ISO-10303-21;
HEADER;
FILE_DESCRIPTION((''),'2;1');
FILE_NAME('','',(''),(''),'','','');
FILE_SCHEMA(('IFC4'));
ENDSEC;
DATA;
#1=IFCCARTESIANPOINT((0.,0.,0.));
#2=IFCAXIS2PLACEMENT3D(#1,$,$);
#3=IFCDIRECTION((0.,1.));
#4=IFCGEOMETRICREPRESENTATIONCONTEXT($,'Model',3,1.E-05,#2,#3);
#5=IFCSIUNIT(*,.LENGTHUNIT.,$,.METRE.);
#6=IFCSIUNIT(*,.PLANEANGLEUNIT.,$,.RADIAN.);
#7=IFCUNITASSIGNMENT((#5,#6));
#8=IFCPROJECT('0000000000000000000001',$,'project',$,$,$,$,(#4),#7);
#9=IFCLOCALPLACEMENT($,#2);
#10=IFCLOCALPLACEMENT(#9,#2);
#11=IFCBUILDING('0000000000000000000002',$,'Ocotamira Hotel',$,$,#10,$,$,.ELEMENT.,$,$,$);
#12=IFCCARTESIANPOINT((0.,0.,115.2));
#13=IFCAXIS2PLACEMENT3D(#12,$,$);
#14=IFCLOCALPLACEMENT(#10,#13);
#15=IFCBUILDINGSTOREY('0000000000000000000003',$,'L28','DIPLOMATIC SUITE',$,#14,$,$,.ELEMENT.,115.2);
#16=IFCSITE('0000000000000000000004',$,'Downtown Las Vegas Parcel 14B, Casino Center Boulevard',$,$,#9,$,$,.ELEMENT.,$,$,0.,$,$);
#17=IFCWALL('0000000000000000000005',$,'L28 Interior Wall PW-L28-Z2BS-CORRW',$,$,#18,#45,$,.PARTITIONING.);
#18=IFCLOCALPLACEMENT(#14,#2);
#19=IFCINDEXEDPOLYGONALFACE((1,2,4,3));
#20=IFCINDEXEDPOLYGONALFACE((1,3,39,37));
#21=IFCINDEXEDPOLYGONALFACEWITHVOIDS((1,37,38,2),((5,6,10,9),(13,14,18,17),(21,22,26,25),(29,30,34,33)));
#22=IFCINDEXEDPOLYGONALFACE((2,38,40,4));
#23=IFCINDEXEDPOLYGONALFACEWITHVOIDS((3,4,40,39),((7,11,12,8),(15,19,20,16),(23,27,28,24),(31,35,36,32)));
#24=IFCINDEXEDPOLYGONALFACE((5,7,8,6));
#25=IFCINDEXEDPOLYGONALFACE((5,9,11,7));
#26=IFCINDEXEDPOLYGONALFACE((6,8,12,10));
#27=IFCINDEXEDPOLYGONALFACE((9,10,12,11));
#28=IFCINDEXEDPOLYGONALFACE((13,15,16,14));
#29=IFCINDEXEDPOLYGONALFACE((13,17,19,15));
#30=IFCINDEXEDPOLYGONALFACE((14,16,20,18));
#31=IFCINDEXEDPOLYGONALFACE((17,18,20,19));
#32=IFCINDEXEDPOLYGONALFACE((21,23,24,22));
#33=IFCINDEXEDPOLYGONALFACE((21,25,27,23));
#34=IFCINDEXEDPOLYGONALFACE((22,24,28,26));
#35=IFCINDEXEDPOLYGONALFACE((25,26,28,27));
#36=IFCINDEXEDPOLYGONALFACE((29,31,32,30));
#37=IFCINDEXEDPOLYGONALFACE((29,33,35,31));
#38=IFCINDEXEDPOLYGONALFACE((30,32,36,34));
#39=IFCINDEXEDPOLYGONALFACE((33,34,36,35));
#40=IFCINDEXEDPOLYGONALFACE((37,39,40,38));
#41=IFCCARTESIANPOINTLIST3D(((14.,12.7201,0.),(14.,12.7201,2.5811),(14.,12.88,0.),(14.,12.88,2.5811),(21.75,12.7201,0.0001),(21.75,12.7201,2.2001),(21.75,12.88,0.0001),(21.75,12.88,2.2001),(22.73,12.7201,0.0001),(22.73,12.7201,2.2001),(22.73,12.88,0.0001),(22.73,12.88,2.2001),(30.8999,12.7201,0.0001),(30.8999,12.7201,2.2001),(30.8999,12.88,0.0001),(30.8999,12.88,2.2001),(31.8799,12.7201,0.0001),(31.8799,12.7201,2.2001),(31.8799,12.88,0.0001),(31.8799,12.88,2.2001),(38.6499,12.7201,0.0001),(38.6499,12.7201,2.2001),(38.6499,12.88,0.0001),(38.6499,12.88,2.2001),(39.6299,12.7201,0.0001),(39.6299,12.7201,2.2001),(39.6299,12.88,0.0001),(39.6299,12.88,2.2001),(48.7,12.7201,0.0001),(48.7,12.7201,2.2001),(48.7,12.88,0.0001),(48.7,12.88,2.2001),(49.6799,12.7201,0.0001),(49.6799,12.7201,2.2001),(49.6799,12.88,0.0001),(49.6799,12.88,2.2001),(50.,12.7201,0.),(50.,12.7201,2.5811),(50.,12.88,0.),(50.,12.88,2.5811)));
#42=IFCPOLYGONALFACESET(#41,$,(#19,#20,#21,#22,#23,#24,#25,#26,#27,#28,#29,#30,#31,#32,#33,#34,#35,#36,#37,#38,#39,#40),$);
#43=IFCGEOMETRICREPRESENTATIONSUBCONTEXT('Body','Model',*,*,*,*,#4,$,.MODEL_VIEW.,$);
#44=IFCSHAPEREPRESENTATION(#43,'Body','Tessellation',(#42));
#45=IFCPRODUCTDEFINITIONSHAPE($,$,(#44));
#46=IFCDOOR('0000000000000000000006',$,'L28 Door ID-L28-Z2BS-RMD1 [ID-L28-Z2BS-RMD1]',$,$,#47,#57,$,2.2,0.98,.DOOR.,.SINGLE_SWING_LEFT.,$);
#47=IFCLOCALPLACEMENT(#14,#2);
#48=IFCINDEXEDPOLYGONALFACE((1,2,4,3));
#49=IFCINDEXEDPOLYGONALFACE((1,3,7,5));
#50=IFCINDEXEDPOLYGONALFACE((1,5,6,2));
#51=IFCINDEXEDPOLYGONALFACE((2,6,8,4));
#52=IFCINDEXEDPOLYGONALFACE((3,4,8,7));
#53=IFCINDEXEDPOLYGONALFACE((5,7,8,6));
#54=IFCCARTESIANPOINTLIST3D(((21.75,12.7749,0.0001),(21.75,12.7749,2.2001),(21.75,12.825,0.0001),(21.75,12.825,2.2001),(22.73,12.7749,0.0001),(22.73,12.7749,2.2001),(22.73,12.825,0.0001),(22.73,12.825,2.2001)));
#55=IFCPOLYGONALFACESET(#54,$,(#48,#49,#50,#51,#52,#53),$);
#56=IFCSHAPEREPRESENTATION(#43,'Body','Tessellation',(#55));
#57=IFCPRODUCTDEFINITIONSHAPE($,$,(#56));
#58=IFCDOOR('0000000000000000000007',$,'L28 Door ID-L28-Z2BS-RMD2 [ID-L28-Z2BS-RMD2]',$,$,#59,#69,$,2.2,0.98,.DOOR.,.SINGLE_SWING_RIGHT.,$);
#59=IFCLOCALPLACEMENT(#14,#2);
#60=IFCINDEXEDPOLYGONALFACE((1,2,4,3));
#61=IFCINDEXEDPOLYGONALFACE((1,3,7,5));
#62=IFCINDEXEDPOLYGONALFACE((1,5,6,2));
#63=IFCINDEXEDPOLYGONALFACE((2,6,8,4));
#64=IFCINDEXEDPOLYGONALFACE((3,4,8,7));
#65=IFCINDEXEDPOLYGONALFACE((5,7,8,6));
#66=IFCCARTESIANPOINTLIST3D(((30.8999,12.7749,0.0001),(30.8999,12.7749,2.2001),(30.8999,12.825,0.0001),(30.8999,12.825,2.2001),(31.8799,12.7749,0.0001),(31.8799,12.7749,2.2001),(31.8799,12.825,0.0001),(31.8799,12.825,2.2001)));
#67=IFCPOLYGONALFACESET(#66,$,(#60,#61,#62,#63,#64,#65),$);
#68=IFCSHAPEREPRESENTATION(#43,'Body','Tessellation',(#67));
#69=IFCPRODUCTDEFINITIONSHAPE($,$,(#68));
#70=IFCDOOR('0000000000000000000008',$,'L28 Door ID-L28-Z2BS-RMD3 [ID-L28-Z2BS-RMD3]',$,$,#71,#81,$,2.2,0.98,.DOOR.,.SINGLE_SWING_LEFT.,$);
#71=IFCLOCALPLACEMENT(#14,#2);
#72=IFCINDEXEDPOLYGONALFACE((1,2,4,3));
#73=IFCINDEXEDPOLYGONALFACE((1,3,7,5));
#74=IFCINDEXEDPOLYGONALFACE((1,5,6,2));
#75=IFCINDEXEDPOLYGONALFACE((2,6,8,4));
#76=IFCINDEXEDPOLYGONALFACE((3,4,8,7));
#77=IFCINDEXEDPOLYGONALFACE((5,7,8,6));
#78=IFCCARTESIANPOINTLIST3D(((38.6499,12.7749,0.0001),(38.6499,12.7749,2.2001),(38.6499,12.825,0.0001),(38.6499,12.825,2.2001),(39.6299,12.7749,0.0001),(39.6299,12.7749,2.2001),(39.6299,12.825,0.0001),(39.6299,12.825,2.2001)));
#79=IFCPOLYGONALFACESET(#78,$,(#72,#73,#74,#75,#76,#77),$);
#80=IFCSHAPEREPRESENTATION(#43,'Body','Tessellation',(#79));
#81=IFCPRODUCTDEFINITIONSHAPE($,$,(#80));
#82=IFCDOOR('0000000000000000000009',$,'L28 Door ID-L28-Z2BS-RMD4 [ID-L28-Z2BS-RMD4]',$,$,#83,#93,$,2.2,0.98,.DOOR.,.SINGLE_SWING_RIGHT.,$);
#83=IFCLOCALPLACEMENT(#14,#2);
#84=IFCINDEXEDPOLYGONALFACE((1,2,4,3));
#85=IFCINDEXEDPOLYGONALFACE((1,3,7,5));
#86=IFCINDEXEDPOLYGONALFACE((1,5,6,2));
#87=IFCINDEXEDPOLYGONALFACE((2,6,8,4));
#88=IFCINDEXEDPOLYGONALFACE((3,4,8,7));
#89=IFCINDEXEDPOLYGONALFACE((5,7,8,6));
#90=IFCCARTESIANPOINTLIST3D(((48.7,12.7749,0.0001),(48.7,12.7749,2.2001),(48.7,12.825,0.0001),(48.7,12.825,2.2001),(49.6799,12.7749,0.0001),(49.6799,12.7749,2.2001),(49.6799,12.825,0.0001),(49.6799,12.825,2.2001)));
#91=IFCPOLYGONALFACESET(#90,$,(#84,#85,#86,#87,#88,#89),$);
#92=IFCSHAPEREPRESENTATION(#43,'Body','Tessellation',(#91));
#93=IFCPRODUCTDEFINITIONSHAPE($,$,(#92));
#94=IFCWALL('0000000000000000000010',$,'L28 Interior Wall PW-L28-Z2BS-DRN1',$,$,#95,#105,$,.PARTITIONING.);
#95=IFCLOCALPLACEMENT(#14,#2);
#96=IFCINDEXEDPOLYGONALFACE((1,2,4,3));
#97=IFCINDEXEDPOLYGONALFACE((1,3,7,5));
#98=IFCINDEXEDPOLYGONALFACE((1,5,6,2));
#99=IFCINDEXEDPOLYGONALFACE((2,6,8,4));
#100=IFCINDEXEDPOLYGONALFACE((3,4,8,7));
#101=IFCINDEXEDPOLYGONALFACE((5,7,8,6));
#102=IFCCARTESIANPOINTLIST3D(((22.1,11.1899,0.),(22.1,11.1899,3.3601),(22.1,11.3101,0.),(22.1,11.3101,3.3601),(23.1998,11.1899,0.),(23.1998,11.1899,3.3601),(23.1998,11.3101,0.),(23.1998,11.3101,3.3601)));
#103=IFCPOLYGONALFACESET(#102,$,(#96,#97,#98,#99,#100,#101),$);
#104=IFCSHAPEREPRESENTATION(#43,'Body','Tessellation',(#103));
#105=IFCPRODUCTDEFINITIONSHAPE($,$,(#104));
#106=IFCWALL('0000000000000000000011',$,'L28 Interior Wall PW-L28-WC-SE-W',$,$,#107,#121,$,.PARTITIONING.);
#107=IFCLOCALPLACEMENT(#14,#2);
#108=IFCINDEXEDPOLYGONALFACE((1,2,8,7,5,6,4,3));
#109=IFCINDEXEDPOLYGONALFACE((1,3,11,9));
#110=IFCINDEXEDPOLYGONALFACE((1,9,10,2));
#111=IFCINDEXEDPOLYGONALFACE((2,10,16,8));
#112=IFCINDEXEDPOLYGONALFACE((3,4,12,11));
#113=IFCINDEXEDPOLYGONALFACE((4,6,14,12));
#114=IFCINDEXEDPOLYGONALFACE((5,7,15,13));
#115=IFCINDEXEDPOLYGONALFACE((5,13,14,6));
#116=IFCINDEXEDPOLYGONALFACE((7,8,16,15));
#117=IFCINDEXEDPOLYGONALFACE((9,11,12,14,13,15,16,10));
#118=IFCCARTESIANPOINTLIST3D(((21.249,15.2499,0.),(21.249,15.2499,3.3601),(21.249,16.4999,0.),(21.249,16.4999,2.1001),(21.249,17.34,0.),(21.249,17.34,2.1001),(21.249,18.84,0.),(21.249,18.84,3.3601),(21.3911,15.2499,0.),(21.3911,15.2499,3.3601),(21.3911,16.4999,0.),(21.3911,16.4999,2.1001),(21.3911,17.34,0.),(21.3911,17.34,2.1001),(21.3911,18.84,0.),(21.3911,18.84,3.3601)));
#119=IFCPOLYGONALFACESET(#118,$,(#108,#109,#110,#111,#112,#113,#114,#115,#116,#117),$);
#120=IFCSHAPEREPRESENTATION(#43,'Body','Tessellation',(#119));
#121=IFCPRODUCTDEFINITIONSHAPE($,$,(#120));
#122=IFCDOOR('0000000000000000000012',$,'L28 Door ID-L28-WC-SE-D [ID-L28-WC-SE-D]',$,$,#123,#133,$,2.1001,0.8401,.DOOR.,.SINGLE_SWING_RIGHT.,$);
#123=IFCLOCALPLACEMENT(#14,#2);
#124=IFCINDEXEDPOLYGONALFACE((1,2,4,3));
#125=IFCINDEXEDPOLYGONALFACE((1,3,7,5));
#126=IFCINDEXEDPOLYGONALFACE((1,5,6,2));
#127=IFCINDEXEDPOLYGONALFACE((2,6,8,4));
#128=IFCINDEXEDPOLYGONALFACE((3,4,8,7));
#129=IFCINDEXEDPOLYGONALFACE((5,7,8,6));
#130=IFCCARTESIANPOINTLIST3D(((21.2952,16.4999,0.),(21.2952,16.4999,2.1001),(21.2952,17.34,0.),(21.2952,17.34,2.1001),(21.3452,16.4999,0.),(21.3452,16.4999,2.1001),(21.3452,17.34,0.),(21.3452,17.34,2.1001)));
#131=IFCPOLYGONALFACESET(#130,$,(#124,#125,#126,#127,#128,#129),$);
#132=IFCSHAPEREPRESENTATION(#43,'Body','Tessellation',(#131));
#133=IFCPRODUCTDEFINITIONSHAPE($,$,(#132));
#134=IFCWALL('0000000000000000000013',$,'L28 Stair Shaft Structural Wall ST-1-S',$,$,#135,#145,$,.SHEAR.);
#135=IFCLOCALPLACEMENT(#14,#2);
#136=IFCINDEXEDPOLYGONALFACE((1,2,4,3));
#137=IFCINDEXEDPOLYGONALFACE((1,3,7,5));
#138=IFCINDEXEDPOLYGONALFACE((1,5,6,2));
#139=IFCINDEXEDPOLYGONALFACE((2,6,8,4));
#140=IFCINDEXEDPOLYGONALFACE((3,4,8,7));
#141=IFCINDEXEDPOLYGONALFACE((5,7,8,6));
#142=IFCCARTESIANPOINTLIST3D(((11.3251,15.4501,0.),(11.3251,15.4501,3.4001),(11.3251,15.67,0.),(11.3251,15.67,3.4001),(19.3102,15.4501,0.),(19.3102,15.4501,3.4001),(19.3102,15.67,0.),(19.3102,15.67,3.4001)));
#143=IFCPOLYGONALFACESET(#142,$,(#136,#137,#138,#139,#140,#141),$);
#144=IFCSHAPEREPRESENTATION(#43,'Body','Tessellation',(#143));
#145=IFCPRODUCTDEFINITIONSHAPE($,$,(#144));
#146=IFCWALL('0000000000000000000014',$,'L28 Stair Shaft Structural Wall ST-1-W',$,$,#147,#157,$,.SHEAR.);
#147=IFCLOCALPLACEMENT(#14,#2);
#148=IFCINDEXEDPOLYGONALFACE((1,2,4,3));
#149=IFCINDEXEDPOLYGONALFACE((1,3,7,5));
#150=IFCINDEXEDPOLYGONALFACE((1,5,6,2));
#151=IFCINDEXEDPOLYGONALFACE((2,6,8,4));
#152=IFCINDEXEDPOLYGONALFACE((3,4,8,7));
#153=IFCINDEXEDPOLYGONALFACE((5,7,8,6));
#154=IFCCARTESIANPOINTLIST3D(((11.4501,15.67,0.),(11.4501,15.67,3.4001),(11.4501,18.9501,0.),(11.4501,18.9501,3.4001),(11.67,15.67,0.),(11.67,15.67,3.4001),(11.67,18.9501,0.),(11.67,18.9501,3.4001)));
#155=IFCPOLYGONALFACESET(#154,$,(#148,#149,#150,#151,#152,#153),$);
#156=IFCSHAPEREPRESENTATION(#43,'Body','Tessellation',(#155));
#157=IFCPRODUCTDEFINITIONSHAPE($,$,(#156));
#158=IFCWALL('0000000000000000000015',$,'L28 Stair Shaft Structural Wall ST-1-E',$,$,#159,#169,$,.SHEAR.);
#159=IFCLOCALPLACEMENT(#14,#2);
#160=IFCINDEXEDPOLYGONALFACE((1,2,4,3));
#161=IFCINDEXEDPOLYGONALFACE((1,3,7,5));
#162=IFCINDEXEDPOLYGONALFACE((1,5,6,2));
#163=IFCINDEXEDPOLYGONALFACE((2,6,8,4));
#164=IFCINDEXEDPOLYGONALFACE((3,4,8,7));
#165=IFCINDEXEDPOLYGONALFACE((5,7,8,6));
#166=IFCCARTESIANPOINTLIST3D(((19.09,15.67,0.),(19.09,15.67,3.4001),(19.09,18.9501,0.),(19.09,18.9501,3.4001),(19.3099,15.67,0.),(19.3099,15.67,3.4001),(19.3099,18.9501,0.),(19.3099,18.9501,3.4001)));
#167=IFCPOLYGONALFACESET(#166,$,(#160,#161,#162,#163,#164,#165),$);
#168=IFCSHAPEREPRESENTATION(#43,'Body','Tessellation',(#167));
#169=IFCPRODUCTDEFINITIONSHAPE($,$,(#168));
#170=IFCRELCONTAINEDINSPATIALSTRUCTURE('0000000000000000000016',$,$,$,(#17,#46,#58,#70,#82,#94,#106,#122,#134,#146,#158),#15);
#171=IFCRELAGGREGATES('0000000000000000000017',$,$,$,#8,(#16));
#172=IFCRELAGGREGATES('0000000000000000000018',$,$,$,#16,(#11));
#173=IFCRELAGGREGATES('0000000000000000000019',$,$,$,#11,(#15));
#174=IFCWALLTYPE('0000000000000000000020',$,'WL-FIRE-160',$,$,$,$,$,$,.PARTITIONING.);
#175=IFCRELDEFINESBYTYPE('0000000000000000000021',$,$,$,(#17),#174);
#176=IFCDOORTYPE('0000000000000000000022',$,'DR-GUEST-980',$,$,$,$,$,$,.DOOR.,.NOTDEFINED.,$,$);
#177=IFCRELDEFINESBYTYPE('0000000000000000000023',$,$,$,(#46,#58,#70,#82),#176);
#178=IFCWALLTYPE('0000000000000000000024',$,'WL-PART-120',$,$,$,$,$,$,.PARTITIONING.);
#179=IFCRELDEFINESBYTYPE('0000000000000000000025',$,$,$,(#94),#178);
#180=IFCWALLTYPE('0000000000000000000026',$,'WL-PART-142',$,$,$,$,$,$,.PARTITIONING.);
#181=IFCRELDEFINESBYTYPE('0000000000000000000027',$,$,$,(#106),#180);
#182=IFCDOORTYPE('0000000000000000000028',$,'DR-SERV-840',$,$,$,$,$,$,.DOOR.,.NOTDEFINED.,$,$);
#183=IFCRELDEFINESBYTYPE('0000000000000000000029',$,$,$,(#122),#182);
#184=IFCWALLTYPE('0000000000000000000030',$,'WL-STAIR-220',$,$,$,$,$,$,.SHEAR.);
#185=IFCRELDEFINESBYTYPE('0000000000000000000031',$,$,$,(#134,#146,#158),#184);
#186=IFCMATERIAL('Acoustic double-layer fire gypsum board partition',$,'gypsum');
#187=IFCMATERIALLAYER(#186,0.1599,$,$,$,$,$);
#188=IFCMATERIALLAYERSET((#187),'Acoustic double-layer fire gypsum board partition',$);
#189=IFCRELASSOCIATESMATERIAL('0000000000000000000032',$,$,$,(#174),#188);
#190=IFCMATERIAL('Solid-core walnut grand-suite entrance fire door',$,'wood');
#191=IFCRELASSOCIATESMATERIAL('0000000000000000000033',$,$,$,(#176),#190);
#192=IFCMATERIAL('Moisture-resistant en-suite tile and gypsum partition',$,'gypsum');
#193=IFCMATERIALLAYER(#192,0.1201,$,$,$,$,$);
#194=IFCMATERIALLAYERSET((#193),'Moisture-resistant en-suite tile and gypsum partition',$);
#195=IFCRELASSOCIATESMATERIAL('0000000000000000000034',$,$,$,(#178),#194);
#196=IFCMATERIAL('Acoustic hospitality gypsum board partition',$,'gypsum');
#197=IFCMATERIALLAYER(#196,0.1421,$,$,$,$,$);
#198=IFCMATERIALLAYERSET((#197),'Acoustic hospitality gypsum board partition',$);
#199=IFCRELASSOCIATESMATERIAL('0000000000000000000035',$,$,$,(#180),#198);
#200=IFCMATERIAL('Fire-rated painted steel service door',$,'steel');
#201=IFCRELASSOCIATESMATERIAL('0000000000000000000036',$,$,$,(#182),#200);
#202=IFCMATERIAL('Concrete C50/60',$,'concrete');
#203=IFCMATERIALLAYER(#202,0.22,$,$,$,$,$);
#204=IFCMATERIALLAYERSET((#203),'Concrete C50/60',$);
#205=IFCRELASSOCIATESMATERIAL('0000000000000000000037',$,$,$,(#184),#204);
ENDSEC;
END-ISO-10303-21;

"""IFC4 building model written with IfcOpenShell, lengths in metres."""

from ifc_helpers import new_model, si_unit, direction, frame, frame_2d, origin, place, context, subcontext, project, spatial, rectangle, extrude, source, transform, mapped, material, layer, layer_set, type_object, element, fill, save


model = new_model("IFC4")

# Units and contexts
model_context = context("Model", 3, precision=1e-05, world=origin(), true_north=direction((0.0, 1.0)))
body_context = subcontext(model_context, "Body", "Model", "MODEL_VIEW")
ifc_project = project(units=[si_unit("LENGTHUNIT", "METRE"), si_unit("PLANEANGLEUNIT", "RADIAN")], contexts=[model_context])

# Site, building, storey
site_placement = place(None, origin())
site = spatial("IfcSite", under=ifc_project, at=site_placement, Name="Downtown Las Vegas Parcel 14B, Casino Center Boulevard", CompositionType="ELEMENT", RefElevation=0.0)
building_placement = place(site_placement, origin())
building = spatial("IfcBuilding", under=site, at=building_placement, Name="Ocotamira Hotel", CompositionType="ELEMENT")
storey_placement = place(building_placement, frame((0.0, 0.0, 115.2)))
storey = spatial("IfcBuildingStorey", under=building, at=storey_placement, Name="L28", Description="DIPLOMATIC SUITE", CompositionType="ELEMENT", Elevation=115.2)

# Wall, openings, doors
ifc_material_1 = material(Name="Acoustic double-layer fire gypsum board partition", Category="gypsum")
ifc_layer_1 = layer(ifc_material_1, 0.1599)
ifc_layer_set_1 = layer_set([ifc_layer_1], Name="Acoustic double-layer fire gypsum board partition")
wall_type_1 = type_object("IfcWallType", Name="WL-FIRE-160", PredefinedType="PARTITIONING", material=ifc_layer_set_1)
wall_1_placement = place(storey_placement, frame((14.0, 12.8, 0.0), z_axis=(0.0, 0.0, 1.0), x_axis=(1.0, 0.0, 0.0)))
wall_1 = element("IfcWall", 1, at=wall_1_placement, inside=storey, type_object=wall_type_1, Name="L28 Interior Wall PW-L28-Z2BS-CORRW", PredefinedType="PARTITIONING", context=body_context, shape_type="SweptSolid", body=[
    extrude(rectangle(XDim=36.0, YDim=0.1599, at=frame_2d((18.0, 0.0))), origin(), (0.0, 0.0, 1.0), 2.5811),
])
opening_1_placement = place(wall_1_placement, frame((7.75, 0.0, 0.0)))
opening_1 = element("IfcOpeningElement", 2, at=opening_1_placement, cuts=wall_1, PredefinedType="OPENING", context=body_context, shape_type="SweptSolid", body=[
    extrude(rectangle(XDim=0.98, YDim=2.2, at=frame_2d((0.49, 1.1001))), frame((0.0, 0.0898, 0.0), z_axis=(0.0, -1.0, 0.0), x_axis=(1.0, 0.0, 0.0)), (0.0, 0.0, 1.0), 0.1799),
])
opening_2_placement = place(wall_1_placement, frame((16.8999, 0.0, 0.0)))
opening_2 = element("IfcOpeningElement", 3, at=opening_2_placement, cuts=wall_1, PredefinedType="OPENING", context=body_context, shape_type="SweptSolid", body=[
    extrude(rectangle(XDim=0.98, YDim=2.2, at=frame_2d((0.49, 1.1001))), frame((0.0, 0.0898, 0.0), z_axis=(0.0, -1.0, 0.0), x_axis=(1.0, 0.0, 0.0)), (0.0, 0.0, 1.0), 0.1799),
])
opening_3_placement = place(wall_1_placement, frame((24.6499, 0.0, 0.0)))
opening_3 = element("IfcOpeningElement", 4, at=opening_3_placement, cuts=wall_1, PredefinedType="OPENING", context=body_context, shape_type="SweptSolid", body=[
    extrude(rectangle(XDim=0.98, YDim=2.2, at=frame_2d((0.49, 1.1001))), frame((0.0, 0.0898, 0.0), z_axis=(0.0, -1.0, 0.0), x_axis=(1.0, 0.0, 0.0)), (0.0, 0.0, 1.0), 0.1799),
])
opening_4_placement = place(wall_1_placement, frame((34.7, 0.0, 0.0)))
opening_4 = element("IfcOpeningElement", 5, at=opening_4_placement, cuts=wall_1, PredefinedType="OPENING", context=body_context, shape_type="SweptSolid", body=[
    extrude(rectangle(XDim=0.98, YDim=2.2, at=frame_2d((0.49, 1.1001))), frame((0.0, 0.0898, 0.0), z_axis=(0.0, -1.0, 0.0), x_axis=(1.0, 0.0, 0.0)), (0.0, 0.0, 1.0), 0.1799),
])
ifc_material_2 = material(Name="Solid-core walnut grand-suite entrance fire door", Category="wood")
door_type_1 = type_object("IfcDoorType", Name="DR-GUEST-980", OperationType="NOTDEFINED", PredefinedType="DOOR", material=ifc_material_2)
shared_shape_1 = source(origin(), body_context, "Body", "SweptSolid", [
    extrude(rectangle(XDim=0.98, YDim=2.2, at=frame_2d((0.49, 1.1001))), frame((0.0, 0.0249, 0.0), z_axis=(0.0, -1.0, 0.0), x_axis=(1.0, 0.0, 0.0)), (0.0, 0.0, 1.0), 0.05),
])
door_1_placement = place(opening_1_placement, origin())
door_1 = element("IfcDoor", 6, at=door_1_placement, inside=storey, type_object=door_type_1, Name="L28 Door ID-L28-Z2BS-RMD1 [ID-L28-Z2BS-RMD1]", OperationType="SINGLE_SWING_LEFT", OverallHeight=2.2, OverallWidth=0.98, PredefinedType="DOOR", context=body_context, shape_type="MappedRepresentation", body=[
    mapped(shared_shape_1, transform((0.0, 0.0, 0.0), scale=1.0)),
])
fill(opening_1, door_1)
door_2_placement = place(opening_2_placement, origin())
door_2 = element("IfcDoor", 7, at=door_2_placement, inside=storey, type_object=door_type_1, Name="L28 Door ID-L28-Z2BS-RMD2 [ID-L28-Z2BS-RMD2]", OperationType="SINGLE_SWING_RIGHT", OverallHeight=2.2, OverallWidth=0.98, PredefinedType="DOOR", context=body_context, shape_type="MappedRepresentation", body=[
    mapped(shared_shape_1, transform((0.0, 0.0, 0.0), scale=1.0)),
])
fill(opening_2, door_2)
door_3_placement = place(opening_3_placement, origin())
door_3 = element("IfcDoor", 8, at=door_3_placement, inside=storey, type_object=door_type_1, Name="L28 Door ID-L28-Z2BS-RMD3 [ID-L28-Z2BS-RMD3]", OperationType="SINGLE_SWING_LEFT", OverallHeight=2.2, OverallWidth=0.98, PredefinedType="DOOR", context=body_context, shape_type="MappedRepresentation", body=[
    mapped(shared_shape_1, transform((0.0, 0.0, 0.0), scale=1.0)),
])
fill(opening_3, door_3)
door_4_placement = place(opening_4_placement, origin())
door_4 = element("IfcDoor", 9, at=door_4_placement, inside=storey, type_object=door_type_1, Name="L28 Door ID-L28-Z2BS-RMD4 [ID-L28-Z2BS-RMD4]", OperationType="SINGLE_SWING_RIGHT", OverallHeight=2.2, OverallWidth=0.98, PredefinedType="DOOR", context=body_context, shape_type="MappedRepresentation", body=[
    mapped(shared_shape_1, transform((0.0, 0.0, 0.0), scale=1.0)),
])
fill(opening_4, door_4)

# Wall
ifc_material_3 = material(Name="Moisture-resistant en-suite tile and gypsum partition", Category="gypsum")
ifc_layer_2 = layer(ifc_material_3, 0.1201)
ifc_layer_set_2 = layer_set([ifc_layer_2], Name="Moisture-resistant en-suite tile and gypsum partition")
wall_type_2 = type_object("IfcWallType", Name="WL-PART-120", PredefinedType="PARTITIONING", material=ifc_layer_set_2)
wall_2_placement = place(storey_placement, frame((22.1001, 11.25, 0.0), z_axis=(0.0, 0.0, 1.0), x_axis=(1.0, 0.0, 0.0)))
element("IfcWall", 10, at=wall_2_placement, inside=storey, type_object=wall_type_2, Name="L28 Interior Wall PW-L28-Z2BS-DRN1", PredefinedType="PARTITIONING", context=body_context, shape_type="SweptSolid", body=[
    extrude(rectangle(XDim=1.0999, YDim=0.1201, at=frame_2d((0.5498, 0.0))), origin(), (0.0, 0.0, 1.0), 3.3601),
])

# Wall, opening, door
ifc_material_4 = material(Name="Acoustic hospitality gypsum board partition", Category="gypsum")
ifc_layer_3 = layer(ifc_material_4, 0.1421)
ifc_layer_set_3 = layer_set([ifc_layer_3], Name="Acoustic hospitality gypsum board partition")
wall_type_3 = type_object("IfcWallType", Name="WL-PART-142", PredefinedType="PARTITIONING", material=ifc_layer_set_3)
wall_3_placement = place(storey_placement, frame((21.3201, 15.25, 0.0), z_axis=(0.0, 0.0, 1.0), x_axis=(0.0, 1.0, 0.0)))
wall_3 = element("IfcWall", 11, at=wall_3_placement, inside=storey, type_object=wall_type_3, Name="L28 Interior Wall PW-L28-WC-SE-W", PredefinedType="PARTITIONING", context=body_context, shape_type="SweptSolid", body=[
    extrude(rectangle(XDim=3.5901, YDim=0.1421, at=frame_2d((1.7949, 0.0))), origin(), (0.0, 0.0, 1.0), 3.3601),
])
opening_5_placement = place(wall_3_placement, frame((1.25, 0.0, 0.0)))
opening_5 = element("IfcOpeningElement", 12, at=opening_5_placement, cuts=wall_3, PredefinedType="OPENING", context=body_context, shape_type="SweptSolid", body=[
    extrude(rectangle(XDim=0.8401, YDim=2.1001, at=frame_2d((0.4199, 1.05))), frame((0.0, 0.0811, 0.0), z_axis=(0.0, -1.0, 0.0), x_axis=(1.0, 0.0, 0.0)), (0.0, 0.0, 1.0), 0.1621),
])
ifc_material_5 = material(Name="Fire-rated painted steel service door", Category="steel")
door_type_2 = type_object("IfcDoorType", Name="DR-SERV-840", OperationType="NOTDEFINED", PredefinedType="DOOR", material=ifc_material_5)
shared_shape_2 = source(origin(), body_context, "Body", "SweptSolid", [
    extrude(rectangle(XDim=0.8401, YDim=2.1001, at=frame_2d((0.4199, 1.05))), frame((0.0, 0.0249, 0.0), z_axis=(0.0, -1.0, 0.0), x_axis=(1.0, 0.0, 0.0)), (0.0, 0.0, 1.0), 0.05),
])
door_5_placement = place(opening_5_placement, origin())
door_5 = element("IfcDoor", 13, at=door_5_placement, inside=storey, type_object=door_type_2, Name="L28 Door ID-L28-WC-SE-D [ID-L28-WC-SE-D]", OperationType="SINGLE_SWING_RIGHT", OverallHeight=2.1001, OverallWidth=0.8401, PredefinedType="DOOR", context=body_context, shape_type="MappedRepresentation", body=[
    mapped(shared_shape_2, transform((0.0, 0.0, 0.0), scale=1.0)),
])
fill(opening_5, door_5)

# Walls
ifc_material_6 = material(Name="Concrete C50/60", Category="concrete")
ifc_layer_4 = layer(ifc_material_6, 0.22)
ifc_layer_set_4 = layer_set([ifc_layer_4], Name="Concrete C50/60")
wall_type_4 = type_object("IfcWallType", Name="WL-STAIR-220", PredefinedType="SHEAR", material=ifc_layer_set_4)
wall_4_placement = place(storey_placement, frame((11.325, 15.5601, 0.0), z_axis=(0.0, 0.0, 1.0), x_axis=(1.0, 0.0, 0.0)))
element("IfcWall", 14, at=wall_4_placement, inside=storey, type_object=wall_type_4, Name="L28 Stair Shaft Structural Wall ST-1-S", PredefinedType="SHEAR", context=body_context, shape_type="SweptSolid", body=[
    extrude(rectangle(XDim=7.9851, YDim=0.22, at=frame_2d((3.9927, 0.0))), origin(), (0.0, 0.0, 1.0), 3.4001),
])
for number, where, z_axis, x_axis, name in (
    (15, (11.5601, 15.6699, 0.0), (0.0, 0.0, 1.0), (0.0, 1.0, 0.0), "L28 Stair Shaft Structural Wall ST-1-W"),
    (16, (19.2, 15.6699, 0.0), (0.0, 0.0, 1.0), (0.0, 1.0, 0.0), "L28 Stair Shaft Structural Wall ST-1-E"),
):
    element("IfcWall", number, at=place(storey_placement, frame(where, z_axis=z_axis, x_axis=x_axis)), inside=storey, type_object=wall_type_4, Name=name, PredefinedType="SHEAR", context=body_context, shape_type="SweptSolid", body=[
        extrude(rectangle(XDim=3.28, YDim=0.22, at=frame_2d((1.6401, 0.0))), origin(), (0.0, 0.0, 1.0), 3.4001),
    ])

save(model, "model.ifc")
